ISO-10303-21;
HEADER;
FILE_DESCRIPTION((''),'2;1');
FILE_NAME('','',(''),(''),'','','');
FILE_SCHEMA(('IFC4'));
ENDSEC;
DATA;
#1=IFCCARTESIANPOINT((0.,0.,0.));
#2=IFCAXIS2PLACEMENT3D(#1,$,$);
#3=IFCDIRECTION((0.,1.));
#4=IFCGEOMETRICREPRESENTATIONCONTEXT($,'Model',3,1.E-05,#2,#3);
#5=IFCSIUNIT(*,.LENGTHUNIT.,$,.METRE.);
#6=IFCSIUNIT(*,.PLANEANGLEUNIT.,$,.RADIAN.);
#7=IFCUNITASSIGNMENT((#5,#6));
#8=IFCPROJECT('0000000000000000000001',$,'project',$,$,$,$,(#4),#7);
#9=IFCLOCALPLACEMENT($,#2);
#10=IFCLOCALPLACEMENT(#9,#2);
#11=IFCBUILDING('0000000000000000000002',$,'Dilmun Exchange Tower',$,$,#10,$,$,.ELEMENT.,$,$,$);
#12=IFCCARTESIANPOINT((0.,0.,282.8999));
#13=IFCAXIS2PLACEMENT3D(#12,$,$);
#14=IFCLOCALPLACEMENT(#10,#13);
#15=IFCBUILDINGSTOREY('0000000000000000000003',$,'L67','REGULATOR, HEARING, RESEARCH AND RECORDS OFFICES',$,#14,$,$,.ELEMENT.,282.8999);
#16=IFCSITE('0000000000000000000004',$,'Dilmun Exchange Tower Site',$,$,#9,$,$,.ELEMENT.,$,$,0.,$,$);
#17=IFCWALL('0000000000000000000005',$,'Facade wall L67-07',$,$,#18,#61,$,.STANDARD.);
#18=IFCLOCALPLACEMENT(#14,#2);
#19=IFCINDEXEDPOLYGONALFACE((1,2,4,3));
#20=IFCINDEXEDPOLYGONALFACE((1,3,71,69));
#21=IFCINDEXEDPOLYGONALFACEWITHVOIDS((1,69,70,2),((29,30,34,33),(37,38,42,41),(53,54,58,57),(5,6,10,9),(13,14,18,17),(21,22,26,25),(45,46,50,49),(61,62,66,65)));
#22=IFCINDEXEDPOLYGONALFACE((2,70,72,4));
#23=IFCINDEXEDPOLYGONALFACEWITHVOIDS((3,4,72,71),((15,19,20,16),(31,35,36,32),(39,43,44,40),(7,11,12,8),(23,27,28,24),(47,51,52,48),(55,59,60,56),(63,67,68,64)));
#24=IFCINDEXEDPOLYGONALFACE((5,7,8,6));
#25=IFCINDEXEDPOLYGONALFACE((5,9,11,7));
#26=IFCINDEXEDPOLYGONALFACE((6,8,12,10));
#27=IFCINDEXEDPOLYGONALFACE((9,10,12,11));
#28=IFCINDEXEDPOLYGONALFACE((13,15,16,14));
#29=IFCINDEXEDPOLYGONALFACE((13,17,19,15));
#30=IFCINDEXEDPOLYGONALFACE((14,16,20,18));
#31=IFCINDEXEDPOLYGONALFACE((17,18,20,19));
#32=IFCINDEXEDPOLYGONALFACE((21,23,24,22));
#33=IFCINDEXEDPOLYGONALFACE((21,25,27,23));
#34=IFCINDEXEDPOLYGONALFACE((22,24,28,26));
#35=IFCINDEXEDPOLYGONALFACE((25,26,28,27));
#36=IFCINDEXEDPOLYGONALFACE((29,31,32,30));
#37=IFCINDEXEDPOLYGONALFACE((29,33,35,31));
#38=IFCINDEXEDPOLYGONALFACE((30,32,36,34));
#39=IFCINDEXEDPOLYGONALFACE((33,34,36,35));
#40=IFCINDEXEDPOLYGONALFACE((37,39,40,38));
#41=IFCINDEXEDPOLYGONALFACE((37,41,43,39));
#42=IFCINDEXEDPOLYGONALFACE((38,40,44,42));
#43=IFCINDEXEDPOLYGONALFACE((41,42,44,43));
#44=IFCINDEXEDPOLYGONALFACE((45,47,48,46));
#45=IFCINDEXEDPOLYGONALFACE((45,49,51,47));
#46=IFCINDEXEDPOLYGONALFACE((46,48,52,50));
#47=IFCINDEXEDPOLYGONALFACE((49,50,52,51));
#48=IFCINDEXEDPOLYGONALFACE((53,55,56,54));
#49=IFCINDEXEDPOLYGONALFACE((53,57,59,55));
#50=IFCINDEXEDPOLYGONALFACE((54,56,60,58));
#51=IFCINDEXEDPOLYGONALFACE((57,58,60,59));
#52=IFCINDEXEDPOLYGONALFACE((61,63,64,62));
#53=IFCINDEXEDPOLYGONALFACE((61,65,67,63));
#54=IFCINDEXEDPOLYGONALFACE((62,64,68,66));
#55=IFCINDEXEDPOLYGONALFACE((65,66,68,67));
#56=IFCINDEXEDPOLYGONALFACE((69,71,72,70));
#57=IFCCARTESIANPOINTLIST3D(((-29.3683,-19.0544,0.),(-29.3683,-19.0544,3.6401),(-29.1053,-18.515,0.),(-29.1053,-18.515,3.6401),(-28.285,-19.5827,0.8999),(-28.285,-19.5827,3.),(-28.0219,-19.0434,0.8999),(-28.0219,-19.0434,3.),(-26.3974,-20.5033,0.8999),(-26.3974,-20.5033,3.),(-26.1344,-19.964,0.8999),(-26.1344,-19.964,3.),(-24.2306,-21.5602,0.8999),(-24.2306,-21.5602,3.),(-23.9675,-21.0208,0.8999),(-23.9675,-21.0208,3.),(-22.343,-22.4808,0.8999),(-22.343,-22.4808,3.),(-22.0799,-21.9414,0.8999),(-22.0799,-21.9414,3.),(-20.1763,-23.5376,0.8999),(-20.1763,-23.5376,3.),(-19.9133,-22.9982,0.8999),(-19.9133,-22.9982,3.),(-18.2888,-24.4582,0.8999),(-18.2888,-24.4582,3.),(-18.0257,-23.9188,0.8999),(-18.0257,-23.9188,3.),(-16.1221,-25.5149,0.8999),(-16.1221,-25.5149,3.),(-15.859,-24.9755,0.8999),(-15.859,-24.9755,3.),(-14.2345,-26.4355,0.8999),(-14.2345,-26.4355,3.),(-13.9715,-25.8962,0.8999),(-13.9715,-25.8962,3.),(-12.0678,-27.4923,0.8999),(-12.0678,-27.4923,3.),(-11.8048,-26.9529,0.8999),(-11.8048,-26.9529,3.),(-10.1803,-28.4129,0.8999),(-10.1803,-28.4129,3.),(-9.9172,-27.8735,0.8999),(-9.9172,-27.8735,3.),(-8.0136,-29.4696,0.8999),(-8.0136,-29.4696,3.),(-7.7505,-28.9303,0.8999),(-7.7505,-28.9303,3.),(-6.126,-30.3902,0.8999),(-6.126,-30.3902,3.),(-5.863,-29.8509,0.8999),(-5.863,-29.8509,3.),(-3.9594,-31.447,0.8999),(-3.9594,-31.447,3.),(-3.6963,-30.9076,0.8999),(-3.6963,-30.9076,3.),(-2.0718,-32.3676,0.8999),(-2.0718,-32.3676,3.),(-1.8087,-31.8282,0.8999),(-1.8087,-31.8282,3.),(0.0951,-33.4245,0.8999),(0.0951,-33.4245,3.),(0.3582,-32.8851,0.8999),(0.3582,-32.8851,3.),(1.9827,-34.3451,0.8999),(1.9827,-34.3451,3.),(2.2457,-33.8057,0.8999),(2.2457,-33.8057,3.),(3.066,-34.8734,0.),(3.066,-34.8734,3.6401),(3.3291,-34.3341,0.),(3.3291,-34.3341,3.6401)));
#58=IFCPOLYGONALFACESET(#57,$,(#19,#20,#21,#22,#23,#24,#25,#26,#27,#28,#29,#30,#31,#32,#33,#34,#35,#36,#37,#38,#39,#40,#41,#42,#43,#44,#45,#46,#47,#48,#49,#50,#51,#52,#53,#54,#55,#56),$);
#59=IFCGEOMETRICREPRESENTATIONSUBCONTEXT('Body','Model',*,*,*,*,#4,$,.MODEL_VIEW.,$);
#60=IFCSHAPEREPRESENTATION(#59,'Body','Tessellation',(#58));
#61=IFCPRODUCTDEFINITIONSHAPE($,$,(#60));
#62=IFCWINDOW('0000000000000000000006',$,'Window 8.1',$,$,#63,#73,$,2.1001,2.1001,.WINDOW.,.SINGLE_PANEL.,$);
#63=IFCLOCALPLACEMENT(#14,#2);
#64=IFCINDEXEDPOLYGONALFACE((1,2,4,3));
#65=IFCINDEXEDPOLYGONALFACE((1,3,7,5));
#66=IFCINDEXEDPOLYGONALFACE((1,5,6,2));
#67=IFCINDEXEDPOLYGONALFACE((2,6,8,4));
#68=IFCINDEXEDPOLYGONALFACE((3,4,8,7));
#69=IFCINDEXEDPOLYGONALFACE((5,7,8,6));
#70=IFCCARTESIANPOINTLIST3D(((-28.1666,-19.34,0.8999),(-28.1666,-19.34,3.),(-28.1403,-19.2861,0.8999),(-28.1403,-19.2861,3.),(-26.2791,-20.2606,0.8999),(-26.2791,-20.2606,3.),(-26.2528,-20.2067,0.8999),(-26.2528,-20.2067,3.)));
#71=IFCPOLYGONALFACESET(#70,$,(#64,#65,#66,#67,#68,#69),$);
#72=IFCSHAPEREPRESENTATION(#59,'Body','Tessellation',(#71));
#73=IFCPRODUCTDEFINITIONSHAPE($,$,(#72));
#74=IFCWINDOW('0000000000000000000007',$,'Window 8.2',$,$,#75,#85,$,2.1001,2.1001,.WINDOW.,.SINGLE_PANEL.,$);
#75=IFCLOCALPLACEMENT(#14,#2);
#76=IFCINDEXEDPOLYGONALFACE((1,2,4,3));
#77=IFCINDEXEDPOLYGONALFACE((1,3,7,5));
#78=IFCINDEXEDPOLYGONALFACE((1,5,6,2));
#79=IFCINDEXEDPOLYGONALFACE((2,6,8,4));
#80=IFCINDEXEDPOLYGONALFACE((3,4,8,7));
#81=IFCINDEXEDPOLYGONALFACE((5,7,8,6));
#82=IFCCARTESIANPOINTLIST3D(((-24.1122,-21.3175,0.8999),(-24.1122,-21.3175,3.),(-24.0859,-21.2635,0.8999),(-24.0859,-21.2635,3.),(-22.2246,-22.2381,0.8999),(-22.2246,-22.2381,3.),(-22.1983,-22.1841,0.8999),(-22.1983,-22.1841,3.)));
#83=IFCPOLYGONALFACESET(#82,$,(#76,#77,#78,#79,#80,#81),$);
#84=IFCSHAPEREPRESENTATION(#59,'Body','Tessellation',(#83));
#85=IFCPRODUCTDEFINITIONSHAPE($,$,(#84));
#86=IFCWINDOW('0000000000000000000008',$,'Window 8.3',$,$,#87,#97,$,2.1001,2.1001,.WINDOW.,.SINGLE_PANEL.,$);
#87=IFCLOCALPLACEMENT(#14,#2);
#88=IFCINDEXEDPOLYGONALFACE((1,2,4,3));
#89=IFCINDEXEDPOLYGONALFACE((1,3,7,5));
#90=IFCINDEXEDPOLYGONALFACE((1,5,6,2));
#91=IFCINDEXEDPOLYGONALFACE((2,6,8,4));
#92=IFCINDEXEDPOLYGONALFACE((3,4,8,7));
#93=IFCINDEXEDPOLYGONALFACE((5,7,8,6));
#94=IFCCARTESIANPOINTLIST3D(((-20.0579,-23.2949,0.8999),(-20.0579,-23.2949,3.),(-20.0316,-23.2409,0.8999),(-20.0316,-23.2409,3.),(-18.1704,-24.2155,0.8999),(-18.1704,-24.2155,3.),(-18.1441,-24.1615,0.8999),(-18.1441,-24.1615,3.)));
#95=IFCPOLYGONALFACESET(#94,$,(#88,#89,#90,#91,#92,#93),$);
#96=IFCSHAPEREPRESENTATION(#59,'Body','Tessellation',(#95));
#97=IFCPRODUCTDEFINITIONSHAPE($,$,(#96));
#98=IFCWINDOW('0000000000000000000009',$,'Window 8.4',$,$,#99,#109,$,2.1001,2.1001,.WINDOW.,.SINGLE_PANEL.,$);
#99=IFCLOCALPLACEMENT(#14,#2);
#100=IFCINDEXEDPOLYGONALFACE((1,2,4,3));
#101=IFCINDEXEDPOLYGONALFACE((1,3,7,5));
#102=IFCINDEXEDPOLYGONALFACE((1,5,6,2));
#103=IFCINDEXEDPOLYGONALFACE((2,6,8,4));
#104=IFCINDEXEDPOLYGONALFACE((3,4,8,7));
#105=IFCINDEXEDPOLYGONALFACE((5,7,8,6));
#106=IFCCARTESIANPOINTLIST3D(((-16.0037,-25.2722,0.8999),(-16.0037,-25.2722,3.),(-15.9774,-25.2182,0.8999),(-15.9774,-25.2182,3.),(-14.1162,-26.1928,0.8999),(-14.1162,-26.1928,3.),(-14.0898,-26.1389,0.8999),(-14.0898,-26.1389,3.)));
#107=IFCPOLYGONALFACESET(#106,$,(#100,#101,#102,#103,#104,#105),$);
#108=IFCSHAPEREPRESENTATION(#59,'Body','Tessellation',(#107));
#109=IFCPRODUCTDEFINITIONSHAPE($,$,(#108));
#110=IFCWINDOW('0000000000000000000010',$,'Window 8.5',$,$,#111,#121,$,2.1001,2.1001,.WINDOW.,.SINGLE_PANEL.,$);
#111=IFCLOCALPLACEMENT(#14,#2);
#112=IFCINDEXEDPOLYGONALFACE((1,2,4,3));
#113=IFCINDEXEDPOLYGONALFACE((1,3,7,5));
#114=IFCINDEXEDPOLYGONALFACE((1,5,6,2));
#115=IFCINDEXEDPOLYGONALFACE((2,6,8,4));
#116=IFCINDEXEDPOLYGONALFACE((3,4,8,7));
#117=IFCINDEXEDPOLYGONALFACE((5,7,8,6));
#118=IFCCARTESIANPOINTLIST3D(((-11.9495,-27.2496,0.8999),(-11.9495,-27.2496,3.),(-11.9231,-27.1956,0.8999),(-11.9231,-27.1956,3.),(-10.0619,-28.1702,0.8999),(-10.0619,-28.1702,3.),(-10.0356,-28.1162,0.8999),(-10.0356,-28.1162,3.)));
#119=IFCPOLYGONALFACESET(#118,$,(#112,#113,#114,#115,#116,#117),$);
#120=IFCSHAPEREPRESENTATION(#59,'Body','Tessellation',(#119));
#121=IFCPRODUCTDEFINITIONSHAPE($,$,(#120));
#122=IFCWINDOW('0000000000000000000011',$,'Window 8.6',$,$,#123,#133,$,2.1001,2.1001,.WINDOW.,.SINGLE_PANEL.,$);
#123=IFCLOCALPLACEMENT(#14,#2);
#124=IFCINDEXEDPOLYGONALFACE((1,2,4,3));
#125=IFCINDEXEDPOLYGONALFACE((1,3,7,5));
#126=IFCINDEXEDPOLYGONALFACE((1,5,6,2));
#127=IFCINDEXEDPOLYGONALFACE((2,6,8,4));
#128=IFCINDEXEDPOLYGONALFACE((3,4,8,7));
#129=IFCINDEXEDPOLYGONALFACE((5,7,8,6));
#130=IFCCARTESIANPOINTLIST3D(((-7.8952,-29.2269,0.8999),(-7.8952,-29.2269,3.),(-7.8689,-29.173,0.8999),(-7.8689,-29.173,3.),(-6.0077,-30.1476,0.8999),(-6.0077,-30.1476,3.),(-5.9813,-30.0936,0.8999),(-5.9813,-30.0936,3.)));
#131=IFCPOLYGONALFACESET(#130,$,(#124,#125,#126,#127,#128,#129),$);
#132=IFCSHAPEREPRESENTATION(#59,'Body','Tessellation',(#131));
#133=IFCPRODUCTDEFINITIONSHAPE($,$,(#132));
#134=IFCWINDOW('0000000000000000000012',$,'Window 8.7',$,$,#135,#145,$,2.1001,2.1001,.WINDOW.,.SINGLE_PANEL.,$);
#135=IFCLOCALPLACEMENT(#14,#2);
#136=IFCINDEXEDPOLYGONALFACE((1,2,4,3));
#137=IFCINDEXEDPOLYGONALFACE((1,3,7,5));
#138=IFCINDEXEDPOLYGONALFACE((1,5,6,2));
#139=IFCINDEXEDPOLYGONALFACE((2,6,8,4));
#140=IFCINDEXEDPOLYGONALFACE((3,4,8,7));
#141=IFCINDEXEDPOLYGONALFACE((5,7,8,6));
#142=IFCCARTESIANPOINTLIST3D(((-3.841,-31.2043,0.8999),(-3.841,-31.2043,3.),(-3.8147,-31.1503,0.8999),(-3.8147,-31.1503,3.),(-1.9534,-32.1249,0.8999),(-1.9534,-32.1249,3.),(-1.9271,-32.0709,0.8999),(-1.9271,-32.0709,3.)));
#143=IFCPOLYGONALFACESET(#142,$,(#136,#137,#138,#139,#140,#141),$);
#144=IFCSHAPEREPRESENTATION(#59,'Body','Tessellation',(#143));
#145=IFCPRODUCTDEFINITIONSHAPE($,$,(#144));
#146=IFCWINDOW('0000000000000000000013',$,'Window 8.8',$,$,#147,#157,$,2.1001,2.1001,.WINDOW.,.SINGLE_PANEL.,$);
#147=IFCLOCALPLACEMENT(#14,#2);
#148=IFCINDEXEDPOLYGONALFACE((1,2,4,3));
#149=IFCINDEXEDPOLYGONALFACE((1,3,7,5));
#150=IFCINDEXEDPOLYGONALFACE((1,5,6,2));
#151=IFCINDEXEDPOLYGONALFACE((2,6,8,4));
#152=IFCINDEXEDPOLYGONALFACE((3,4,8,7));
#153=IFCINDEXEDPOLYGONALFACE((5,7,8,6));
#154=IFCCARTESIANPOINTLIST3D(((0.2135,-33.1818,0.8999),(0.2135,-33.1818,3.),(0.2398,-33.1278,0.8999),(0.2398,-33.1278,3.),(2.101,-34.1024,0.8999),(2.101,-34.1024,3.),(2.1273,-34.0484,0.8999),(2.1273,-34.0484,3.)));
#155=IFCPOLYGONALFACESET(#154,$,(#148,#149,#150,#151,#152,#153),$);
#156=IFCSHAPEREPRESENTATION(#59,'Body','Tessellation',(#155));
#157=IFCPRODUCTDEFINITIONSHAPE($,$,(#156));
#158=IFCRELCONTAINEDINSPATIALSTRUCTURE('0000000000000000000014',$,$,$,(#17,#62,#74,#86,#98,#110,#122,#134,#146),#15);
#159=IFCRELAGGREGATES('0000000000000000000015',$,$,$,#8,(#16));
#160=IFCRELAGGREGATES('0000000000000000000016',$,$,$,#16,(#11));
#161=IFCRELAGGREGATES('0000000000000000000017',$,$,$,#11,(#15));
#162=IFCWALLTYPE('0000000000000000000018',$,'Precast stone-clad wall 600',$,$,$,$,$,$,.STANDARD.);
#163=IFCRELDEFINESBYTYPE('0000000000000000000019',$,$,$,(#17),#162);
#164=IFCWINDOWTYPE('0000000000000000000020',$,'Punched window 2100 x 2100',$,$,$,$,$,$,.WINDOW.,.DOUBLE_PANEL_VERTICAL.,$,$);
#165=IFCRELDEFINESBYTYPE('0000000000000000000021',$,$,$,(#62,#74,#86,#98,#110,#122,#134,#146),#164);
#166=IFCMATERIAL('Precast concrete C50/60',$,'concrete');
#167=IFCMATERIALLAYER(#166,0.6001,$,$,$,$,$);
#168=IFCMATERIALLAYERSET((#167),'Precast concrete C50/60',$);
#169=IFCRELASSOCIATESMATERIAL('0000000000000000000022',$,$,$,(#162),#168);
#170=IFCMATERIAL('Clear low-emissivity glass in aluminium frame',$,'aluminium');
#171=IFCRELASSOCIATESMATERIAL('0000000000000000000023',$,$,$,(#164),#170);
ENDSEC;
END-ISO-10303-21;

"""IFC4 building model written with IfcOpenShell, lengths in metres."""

from ifc_helpers import new_model, si_unit, direction, frame, frame_2d, origin, place, context, subcontext, project, spatial, rectangle, extrude, material, layer, layer_set, type_object, element, fill, save


model = new_model("IFC4")

# Units and contexts
model_context = context("Model", 3, precision=1e-05, world=origin(), true_north=direction((0.0, 1.0)))
body_context = subcontext(model_context, "Body", "Model", "MODEL_VIEW")
ifc_project = project(units=[si_unit("LENGTHUNIT", "METRE"), si_unit("PLANEANGLEUNIT", "RADIAN")], contexts=[model_context])

# Site, building, storey
site_placement = place(None, origin())
site = spatial("IfcSite", under=ifc_project, at=site_placement, Name="Dilmun Exchange Tower Site", CompositionType="ELEMENT", RefElevation=0.0)
building_placement = place(site_placement, origin())
building = spatial("IfcBuilding", under=site, at=building_placement, Name="Dilmun Exchange Tower", CompositionType="ELEMENT")
storey_placement = place(building_placement, frame((0.0, 0.0, 282.8999)))
storey = spatial("IfcBuildingStorey", under=building, at=storey_placement, Name="L67", Description="REGULATOR, HEARING, RESEARCH AND RECORDS OFFICES", CompositionType="ELEMENT", Elevation=282.8999)

# Shared definitions
ifc_material_1 = material(Name="Precast concrete C50/60", Category="concrete")
ifc_layer_1 = layer(ifc_material_1, 0.6001)
ifc_layer_set_1 = layer_set([ifc_layer_1], Name="Precast concrete C50/60")
wall_type_1 = type_object("IfcWallType", Name="Precast stone-clad wall 600", PredefinedType="STANDARD", material=ifc_layer_set_1)
ifc_material_2 = material(Name="Clear low-emissivity glass in aluminium frame", Category="aluminium")

# Wall, openings, windows
wall_1_placement = place(storey_placement, frame((-29.2368, -18.7847, 0.0), z_axis=(0.0, 0.0, 1.0), x_axis=(0.898796, -0.438367, 0.0)))
wall_1 = element("IfcWall", 1, at=wall_1_placement, inside=storey, type_object=wall_type_1, Name="Facade wall L67-07", PredefinedType="STANDARD", context=body_context, shape_type="SweptSolid", body=[
    extrude(rectangle(XDim=36.0864, YDim=0.6001, at=frame_2d((18.0432, 0.0))), origin(), (0.0, 0.0, 1.0), 3.6401),
])
opening_1_placement = place(wall_1_placement, frame((1.2053, 0.0, 0.8999)))
opening_1 = element("IfcOpeningElement", 2, at=opening_1_placement, cuts=wall_1, PredefinedType="OPENING", context=body_context, shape_type="SweptSolid", body=[
    extrude(rectangle(XDim=2.1001, YDim=2.1001, at=frame_2d((1.05, 1.05))), frame((0.0, 0.3101, 0.0), z_axis=(0.0, -1.0, 0.0), x_axis=(1.0, 0.0, 0.0)), (0.0, 0.0, 1.0), 0.6201),
])
opening_2_placement = place(wall_1_placement, frame((5.7163, 0.0, 0.8999)))
opening_2 = element("IfcOpeningElement", 3, at=opening_2_placement, cuts=wall_1, PredefinedType="OPENING", context=body_context, shape_type="SweptSolid", body=[
    extrude(rectangle(XDim=2.1001, YDim=2.1001, at=frame_2d((1.05, 1.05))), frame((0.0, 0.3101, 0.0), z_axis=(0.0, -1.0, 0.0), x_axis=(1.0, 0.0, 0.0)), (0.0, 0.0, 1.0), 0.6201),
])
opening_3_placement = place(wall_1_placement, frame((10.2271, 0.0, 0.8999)))
opening_3 = element("IfcOpeningElement", 4, at=opening_3_placement, cuts=wall_1, PredefinedType="OPENING", context=body_context, shape_type="SweptSolid", body=[
    extrude(rectangle(XDim=2.1001, YDim=2.1001, at=frame_2d((1.05, 1.05))), frame((0.0, 0.3101, 0.0), z_axis=(0.0, -1.0, 0.0), x_axis=(1.0, 0.0, 0.0)), (0.0, 0.0, 1.0), 0.6201),
])
opening_4_placement = place(wall_1_placement, frame((14.7378, 0.0, 0.8999)))
opening_4 = element("IfcOpeningElement", 5, at=opening_4_placement, cuts=wall_1, PredefinedType="OPENING", context=body_context, shape_type="SweptSolid", body=[
    extrude(rectangle(XDim=2.1001, YDim=2.1001, at=frame_2d((1.05, 1.05))), frame((0.0, 0.3101, 0.0), z_axis=(0.0, -1.0, 0.0), x_axis=(1.0, 0.0, 0.0)), (0.0, 0.0, 1.0), 0.6201),
])
opening_5_placement = place(wall_1_placement, frame((19.2485, 0.0, 0.8999)))
opening_5 = element("IfcOpeningElement", 6, at=opening_5_placement, cuts=wall_1, PredefinedType="OPENING", context=body_context, shape_type="SweptSolid", body=[
    extrude(rectangle(XDim=2.1001, YDim=2.1001, at=frame_2d((1.05, 1.05))), frame((0.0, 0.3101, 0.0), z_axis=(0.0, -1.0, 0.0), x_axis=(1.0, 0.0, 0.0)), (0.0, 0.0, 1.0), 0.6201),
])
opening_6_placement = place(wall_1_placement, frame((23.7593, 0.0, 0.8999)))
opening_6 = element("IfcOpeningElement", 7, at=opening_6_placement, cuts=wall_1, PredefinedType="OPENING", context=body_context, shape_type="SweptSolid", body=[
    extrude(rectangle(XDim=2.1001, YDim=2.1001, at=frame_2d((1.05, 1.05))), frame((0.0, 0.3101, 0.0), z_axis=(0.0, -1.0, 0.0), x_axis=(1.0, 0.0, 0.0)), (0.0, 0.0, 1.0), 0.6201),
])
opening_7_placement = place(wall_1_placement, frame((28.27, 0.0, 0.8999)))
opening_7 = element("IfcOpeningElement", 8, at=opening_7_placement, cuts=wall_1, PredefinedType="OPENING", context=body_context, shape_type="SweptSolid", body=[
    extrude(rectangle(XDim=2.1001, YDim=2.1001, at=frame_2d((1.05, 1.05))), frame((0.0, 0.3101, 0.0), z_axis=(0.0, -1.0, 0.0), x_axis=(1.0, 0.0, 0.0)), (0.0, 0.0, 1.0), 0.6201),
])
opening_8_placement = place(wall_1_placement, frame((32.781, 0.0, 0.8999)))
opening_8 = element("IfcOpeningElement", 9, at=opening_8_placement, cuts=wall_1, PredefinedType="OPENING", context=body_context, shape_type="SweptSolid", body=[
    extrude(rectangle(XDim=2.1001, YDim=2.1001, at=frame_2d((1.05, 1.05))), frame((0.0, 0.3101, 0.0), z_axis=(0.0, -1.0, 0.0), x_axis=(1.0, 0.0, 0.0)), (0.0, 0.0, 1.0), 0.6201),
])
window_type_1 = type_object("IfcWindowType", Name="Punched window 2100 x 2100", PartitioningType="DOUBLE_PANEL_VERTICAL", PredefinedType="WINDOW", material=ifc_material_2)
window_1_placement = place(opening_1_placement, origin())
window_1 = element("IfcWindow", 10, at=window_1_placement, inside=storey, type_object=window_type_1, Name="Window 8.1", OverallHeight=2.1001, OverallWidth=2.1001, PartitioningType="SINGLE_PANEL", PredefinedType="WINDOW", context=body_context, shape_type="SweptSolid", body=[
    extrude(rectangle(XDim=2.1001, YDim=2.1001, at=frame_2d((1.05, 1.05))), frame((0.0, 0.03, 0.0), z_axis=(0.0, -1.0, 0.0), x_axis=(1.0, 0.0, 0.0)), (0.0, 0.0, 1.0), 0.0601),
])
fill(opening_1, window_1)
window_2_placement = place(opening_2_placement, origin())
window_2 = element("IfcWindow", 11, at=window_2_placement, inside=storey, type_object=window_type_1, Name="Window 8.2", OverallHeight=2.1001, OverallWidth=2.1001, PartitioningType="SINGLE_PANEL", PredefinedType="WINDOW", context=body_context, shape_type="SweptSolid", body=[
    extrude(rectangle(XDim=2.1001, YDim=2.1001, at=frame_2d((1.05, 1.05))), frame((0.0, 0.03, 0.0), z_axis=(0.0, -1.0, 0.0), x_axis=(1.0, 0.0, 0.0)), (0.0, 0.0, 1.0), 0.0601),
])
fill(opening_2, window_2)
window_3_placement = place(opening_3_placement, origin())
window_3 = element("IfcWindow", 12, at=window_3_placement, inside=storey, type_object=window_type_1, Name="Window 8.3", OverallHeight=2.1001, OverallWidth=2.1001, PartitioningType="SINGLE_PANEL", PredefinedType="WINDOW", context=body_context, shape_type="SweptSolid", body=[
    extrude(rectangle(XDim=2.1001, YDim=2.1001, at=frame_2d((1.05, 1.05))), frame((0.0, 0.03, 0.0), z_axis=(0.0, -1.0, 0.0), x_axis=(1.0, 0.0, 0.0)), (0.0, 0.0, 1.0), 0.0601),
])
fill(opening_3, window_3)
window_4_placement = place(opening_4_placement, origin())
window_4 = element("IfcWindow", 13, at=window_4_placement, inside=storey, type_object=window_type_1, Name="Window 8.4", OverallHeight=2.1001, OverallWidth=2.1001, PartitioningType="SINGLE_PANEL", PredefinedType="WINDOW", context=body_context, shape_type="SweptSolid", body=[
    extrude(rectangle(XDim=2.1001, YDim=2.1001, at=frame_2d((1.05, 1.05))), frame((0.0, 0.03, 0.0), z_axis=(0.0, -1.0, 0.0), x_axis=(1.0, 0.0, 0.0)), (0.0, 0.0, 1.0), 0.0601),
])
fill(opening_4, window_4)
window_5_placement = place(opening_5_placement, origin())
window_5 = element("IfcWindow", 14, at=window_5_placement, inside=storey, type_object=window_type_1, Name="Window 8.5", OverallHeight=2.1001, OverallWidth=2.1001, PartitioningType="SINGLE_PANEL", PredefinedType="WINDOW", context=body_context, shape_type="SweptSolid", body=[
    extrude(rectangle(XDim=2.1001, YDim=2.1001, at=frame_2d((1.05, 1.05))), frame((0.0, 0.03, 0.0), z_axis=(0.0, -1.0, 0.0), x_axis=(1.0, 0.0, 0.0)), (0.0, 0.0, 1.0), 0.0601),
])
fill(opening_5, window_5)
window_6_placement = place(opening_6_placement, origin())
window_6 = element("IfcWindow", 15, at=window_6_placement, inside=storey, type_object=window_type_1, Name="Window 8.6", OverallHeight=2.1001, OverallWidth=2.1001, PartitioningType="SINGLE_PANEL", PredefinedType="WINDOW", context=body_context, shape_type="SweptSolid", body=[
    extrude(rectangle(XDim=2.1001, YDim=2.1001, at=frame_2d((1.05, 1.05))), frame((0.0, 0.03, 0.0), z_axis=(0.0, -1.0, 0.0), x_axis=(1.0, 0.0, 0.0)), (0.0, 0.0, 1.0), 0.0601),
])
fill(opening_6, window_6)
window_7_placement = place(opening_7_placement, origin())
window_7 = element("IfcWindow", 16, at=window_7_placement, inside=storey, type_object=window_type_1, Name="Window 8.7", OverallHeight=2.1001, OverallWidth=2.1001, PartitioningType="SINGLE_PANEL", PredefinedType="WINDOW", context=body_context, shape_type="SweptSolid", body=[
    extrude(rectangle(XDim=2.1001, YDim=2.1001, at=frame_2d((1.05, 1.05))), frame((0.0, 0.03, 0.0), z_axis=(0.0, -1.0, 0.0), x_axis=(1.0, 0.0, 0.0)), (0.0, 0.0, 1.0), 0.0601),
])
fill(opening_7, window_7)
window_8_placement = place(opening_8_placement, origin())
window_8 = element("IfcWindow", 17, at=window_8_placement, inside=storey, type_object=window_type_1, Name="Window 8.8", OverallHeight=2.1001, OverallWidth=2.1001, PartitioningType="SINGLE_PANEL", PredefinedType="WINDOW", context=body_context, shape_type="SweptSolid", body=[
    extrude(rectangle(XDim=2.1001, YDim=2.1001, at=frame_2d((1.05, 1.05))), frame((0.0, 0.03, 0.0), z_axis=(0.0, -1.0, 0.0), x_axis=(1.0, 0.0, 0.0)), (0.0, 0.0, 1.0), 0.0601),
])
fill(opening_8, window_8)

save(model, "model.ifc")
